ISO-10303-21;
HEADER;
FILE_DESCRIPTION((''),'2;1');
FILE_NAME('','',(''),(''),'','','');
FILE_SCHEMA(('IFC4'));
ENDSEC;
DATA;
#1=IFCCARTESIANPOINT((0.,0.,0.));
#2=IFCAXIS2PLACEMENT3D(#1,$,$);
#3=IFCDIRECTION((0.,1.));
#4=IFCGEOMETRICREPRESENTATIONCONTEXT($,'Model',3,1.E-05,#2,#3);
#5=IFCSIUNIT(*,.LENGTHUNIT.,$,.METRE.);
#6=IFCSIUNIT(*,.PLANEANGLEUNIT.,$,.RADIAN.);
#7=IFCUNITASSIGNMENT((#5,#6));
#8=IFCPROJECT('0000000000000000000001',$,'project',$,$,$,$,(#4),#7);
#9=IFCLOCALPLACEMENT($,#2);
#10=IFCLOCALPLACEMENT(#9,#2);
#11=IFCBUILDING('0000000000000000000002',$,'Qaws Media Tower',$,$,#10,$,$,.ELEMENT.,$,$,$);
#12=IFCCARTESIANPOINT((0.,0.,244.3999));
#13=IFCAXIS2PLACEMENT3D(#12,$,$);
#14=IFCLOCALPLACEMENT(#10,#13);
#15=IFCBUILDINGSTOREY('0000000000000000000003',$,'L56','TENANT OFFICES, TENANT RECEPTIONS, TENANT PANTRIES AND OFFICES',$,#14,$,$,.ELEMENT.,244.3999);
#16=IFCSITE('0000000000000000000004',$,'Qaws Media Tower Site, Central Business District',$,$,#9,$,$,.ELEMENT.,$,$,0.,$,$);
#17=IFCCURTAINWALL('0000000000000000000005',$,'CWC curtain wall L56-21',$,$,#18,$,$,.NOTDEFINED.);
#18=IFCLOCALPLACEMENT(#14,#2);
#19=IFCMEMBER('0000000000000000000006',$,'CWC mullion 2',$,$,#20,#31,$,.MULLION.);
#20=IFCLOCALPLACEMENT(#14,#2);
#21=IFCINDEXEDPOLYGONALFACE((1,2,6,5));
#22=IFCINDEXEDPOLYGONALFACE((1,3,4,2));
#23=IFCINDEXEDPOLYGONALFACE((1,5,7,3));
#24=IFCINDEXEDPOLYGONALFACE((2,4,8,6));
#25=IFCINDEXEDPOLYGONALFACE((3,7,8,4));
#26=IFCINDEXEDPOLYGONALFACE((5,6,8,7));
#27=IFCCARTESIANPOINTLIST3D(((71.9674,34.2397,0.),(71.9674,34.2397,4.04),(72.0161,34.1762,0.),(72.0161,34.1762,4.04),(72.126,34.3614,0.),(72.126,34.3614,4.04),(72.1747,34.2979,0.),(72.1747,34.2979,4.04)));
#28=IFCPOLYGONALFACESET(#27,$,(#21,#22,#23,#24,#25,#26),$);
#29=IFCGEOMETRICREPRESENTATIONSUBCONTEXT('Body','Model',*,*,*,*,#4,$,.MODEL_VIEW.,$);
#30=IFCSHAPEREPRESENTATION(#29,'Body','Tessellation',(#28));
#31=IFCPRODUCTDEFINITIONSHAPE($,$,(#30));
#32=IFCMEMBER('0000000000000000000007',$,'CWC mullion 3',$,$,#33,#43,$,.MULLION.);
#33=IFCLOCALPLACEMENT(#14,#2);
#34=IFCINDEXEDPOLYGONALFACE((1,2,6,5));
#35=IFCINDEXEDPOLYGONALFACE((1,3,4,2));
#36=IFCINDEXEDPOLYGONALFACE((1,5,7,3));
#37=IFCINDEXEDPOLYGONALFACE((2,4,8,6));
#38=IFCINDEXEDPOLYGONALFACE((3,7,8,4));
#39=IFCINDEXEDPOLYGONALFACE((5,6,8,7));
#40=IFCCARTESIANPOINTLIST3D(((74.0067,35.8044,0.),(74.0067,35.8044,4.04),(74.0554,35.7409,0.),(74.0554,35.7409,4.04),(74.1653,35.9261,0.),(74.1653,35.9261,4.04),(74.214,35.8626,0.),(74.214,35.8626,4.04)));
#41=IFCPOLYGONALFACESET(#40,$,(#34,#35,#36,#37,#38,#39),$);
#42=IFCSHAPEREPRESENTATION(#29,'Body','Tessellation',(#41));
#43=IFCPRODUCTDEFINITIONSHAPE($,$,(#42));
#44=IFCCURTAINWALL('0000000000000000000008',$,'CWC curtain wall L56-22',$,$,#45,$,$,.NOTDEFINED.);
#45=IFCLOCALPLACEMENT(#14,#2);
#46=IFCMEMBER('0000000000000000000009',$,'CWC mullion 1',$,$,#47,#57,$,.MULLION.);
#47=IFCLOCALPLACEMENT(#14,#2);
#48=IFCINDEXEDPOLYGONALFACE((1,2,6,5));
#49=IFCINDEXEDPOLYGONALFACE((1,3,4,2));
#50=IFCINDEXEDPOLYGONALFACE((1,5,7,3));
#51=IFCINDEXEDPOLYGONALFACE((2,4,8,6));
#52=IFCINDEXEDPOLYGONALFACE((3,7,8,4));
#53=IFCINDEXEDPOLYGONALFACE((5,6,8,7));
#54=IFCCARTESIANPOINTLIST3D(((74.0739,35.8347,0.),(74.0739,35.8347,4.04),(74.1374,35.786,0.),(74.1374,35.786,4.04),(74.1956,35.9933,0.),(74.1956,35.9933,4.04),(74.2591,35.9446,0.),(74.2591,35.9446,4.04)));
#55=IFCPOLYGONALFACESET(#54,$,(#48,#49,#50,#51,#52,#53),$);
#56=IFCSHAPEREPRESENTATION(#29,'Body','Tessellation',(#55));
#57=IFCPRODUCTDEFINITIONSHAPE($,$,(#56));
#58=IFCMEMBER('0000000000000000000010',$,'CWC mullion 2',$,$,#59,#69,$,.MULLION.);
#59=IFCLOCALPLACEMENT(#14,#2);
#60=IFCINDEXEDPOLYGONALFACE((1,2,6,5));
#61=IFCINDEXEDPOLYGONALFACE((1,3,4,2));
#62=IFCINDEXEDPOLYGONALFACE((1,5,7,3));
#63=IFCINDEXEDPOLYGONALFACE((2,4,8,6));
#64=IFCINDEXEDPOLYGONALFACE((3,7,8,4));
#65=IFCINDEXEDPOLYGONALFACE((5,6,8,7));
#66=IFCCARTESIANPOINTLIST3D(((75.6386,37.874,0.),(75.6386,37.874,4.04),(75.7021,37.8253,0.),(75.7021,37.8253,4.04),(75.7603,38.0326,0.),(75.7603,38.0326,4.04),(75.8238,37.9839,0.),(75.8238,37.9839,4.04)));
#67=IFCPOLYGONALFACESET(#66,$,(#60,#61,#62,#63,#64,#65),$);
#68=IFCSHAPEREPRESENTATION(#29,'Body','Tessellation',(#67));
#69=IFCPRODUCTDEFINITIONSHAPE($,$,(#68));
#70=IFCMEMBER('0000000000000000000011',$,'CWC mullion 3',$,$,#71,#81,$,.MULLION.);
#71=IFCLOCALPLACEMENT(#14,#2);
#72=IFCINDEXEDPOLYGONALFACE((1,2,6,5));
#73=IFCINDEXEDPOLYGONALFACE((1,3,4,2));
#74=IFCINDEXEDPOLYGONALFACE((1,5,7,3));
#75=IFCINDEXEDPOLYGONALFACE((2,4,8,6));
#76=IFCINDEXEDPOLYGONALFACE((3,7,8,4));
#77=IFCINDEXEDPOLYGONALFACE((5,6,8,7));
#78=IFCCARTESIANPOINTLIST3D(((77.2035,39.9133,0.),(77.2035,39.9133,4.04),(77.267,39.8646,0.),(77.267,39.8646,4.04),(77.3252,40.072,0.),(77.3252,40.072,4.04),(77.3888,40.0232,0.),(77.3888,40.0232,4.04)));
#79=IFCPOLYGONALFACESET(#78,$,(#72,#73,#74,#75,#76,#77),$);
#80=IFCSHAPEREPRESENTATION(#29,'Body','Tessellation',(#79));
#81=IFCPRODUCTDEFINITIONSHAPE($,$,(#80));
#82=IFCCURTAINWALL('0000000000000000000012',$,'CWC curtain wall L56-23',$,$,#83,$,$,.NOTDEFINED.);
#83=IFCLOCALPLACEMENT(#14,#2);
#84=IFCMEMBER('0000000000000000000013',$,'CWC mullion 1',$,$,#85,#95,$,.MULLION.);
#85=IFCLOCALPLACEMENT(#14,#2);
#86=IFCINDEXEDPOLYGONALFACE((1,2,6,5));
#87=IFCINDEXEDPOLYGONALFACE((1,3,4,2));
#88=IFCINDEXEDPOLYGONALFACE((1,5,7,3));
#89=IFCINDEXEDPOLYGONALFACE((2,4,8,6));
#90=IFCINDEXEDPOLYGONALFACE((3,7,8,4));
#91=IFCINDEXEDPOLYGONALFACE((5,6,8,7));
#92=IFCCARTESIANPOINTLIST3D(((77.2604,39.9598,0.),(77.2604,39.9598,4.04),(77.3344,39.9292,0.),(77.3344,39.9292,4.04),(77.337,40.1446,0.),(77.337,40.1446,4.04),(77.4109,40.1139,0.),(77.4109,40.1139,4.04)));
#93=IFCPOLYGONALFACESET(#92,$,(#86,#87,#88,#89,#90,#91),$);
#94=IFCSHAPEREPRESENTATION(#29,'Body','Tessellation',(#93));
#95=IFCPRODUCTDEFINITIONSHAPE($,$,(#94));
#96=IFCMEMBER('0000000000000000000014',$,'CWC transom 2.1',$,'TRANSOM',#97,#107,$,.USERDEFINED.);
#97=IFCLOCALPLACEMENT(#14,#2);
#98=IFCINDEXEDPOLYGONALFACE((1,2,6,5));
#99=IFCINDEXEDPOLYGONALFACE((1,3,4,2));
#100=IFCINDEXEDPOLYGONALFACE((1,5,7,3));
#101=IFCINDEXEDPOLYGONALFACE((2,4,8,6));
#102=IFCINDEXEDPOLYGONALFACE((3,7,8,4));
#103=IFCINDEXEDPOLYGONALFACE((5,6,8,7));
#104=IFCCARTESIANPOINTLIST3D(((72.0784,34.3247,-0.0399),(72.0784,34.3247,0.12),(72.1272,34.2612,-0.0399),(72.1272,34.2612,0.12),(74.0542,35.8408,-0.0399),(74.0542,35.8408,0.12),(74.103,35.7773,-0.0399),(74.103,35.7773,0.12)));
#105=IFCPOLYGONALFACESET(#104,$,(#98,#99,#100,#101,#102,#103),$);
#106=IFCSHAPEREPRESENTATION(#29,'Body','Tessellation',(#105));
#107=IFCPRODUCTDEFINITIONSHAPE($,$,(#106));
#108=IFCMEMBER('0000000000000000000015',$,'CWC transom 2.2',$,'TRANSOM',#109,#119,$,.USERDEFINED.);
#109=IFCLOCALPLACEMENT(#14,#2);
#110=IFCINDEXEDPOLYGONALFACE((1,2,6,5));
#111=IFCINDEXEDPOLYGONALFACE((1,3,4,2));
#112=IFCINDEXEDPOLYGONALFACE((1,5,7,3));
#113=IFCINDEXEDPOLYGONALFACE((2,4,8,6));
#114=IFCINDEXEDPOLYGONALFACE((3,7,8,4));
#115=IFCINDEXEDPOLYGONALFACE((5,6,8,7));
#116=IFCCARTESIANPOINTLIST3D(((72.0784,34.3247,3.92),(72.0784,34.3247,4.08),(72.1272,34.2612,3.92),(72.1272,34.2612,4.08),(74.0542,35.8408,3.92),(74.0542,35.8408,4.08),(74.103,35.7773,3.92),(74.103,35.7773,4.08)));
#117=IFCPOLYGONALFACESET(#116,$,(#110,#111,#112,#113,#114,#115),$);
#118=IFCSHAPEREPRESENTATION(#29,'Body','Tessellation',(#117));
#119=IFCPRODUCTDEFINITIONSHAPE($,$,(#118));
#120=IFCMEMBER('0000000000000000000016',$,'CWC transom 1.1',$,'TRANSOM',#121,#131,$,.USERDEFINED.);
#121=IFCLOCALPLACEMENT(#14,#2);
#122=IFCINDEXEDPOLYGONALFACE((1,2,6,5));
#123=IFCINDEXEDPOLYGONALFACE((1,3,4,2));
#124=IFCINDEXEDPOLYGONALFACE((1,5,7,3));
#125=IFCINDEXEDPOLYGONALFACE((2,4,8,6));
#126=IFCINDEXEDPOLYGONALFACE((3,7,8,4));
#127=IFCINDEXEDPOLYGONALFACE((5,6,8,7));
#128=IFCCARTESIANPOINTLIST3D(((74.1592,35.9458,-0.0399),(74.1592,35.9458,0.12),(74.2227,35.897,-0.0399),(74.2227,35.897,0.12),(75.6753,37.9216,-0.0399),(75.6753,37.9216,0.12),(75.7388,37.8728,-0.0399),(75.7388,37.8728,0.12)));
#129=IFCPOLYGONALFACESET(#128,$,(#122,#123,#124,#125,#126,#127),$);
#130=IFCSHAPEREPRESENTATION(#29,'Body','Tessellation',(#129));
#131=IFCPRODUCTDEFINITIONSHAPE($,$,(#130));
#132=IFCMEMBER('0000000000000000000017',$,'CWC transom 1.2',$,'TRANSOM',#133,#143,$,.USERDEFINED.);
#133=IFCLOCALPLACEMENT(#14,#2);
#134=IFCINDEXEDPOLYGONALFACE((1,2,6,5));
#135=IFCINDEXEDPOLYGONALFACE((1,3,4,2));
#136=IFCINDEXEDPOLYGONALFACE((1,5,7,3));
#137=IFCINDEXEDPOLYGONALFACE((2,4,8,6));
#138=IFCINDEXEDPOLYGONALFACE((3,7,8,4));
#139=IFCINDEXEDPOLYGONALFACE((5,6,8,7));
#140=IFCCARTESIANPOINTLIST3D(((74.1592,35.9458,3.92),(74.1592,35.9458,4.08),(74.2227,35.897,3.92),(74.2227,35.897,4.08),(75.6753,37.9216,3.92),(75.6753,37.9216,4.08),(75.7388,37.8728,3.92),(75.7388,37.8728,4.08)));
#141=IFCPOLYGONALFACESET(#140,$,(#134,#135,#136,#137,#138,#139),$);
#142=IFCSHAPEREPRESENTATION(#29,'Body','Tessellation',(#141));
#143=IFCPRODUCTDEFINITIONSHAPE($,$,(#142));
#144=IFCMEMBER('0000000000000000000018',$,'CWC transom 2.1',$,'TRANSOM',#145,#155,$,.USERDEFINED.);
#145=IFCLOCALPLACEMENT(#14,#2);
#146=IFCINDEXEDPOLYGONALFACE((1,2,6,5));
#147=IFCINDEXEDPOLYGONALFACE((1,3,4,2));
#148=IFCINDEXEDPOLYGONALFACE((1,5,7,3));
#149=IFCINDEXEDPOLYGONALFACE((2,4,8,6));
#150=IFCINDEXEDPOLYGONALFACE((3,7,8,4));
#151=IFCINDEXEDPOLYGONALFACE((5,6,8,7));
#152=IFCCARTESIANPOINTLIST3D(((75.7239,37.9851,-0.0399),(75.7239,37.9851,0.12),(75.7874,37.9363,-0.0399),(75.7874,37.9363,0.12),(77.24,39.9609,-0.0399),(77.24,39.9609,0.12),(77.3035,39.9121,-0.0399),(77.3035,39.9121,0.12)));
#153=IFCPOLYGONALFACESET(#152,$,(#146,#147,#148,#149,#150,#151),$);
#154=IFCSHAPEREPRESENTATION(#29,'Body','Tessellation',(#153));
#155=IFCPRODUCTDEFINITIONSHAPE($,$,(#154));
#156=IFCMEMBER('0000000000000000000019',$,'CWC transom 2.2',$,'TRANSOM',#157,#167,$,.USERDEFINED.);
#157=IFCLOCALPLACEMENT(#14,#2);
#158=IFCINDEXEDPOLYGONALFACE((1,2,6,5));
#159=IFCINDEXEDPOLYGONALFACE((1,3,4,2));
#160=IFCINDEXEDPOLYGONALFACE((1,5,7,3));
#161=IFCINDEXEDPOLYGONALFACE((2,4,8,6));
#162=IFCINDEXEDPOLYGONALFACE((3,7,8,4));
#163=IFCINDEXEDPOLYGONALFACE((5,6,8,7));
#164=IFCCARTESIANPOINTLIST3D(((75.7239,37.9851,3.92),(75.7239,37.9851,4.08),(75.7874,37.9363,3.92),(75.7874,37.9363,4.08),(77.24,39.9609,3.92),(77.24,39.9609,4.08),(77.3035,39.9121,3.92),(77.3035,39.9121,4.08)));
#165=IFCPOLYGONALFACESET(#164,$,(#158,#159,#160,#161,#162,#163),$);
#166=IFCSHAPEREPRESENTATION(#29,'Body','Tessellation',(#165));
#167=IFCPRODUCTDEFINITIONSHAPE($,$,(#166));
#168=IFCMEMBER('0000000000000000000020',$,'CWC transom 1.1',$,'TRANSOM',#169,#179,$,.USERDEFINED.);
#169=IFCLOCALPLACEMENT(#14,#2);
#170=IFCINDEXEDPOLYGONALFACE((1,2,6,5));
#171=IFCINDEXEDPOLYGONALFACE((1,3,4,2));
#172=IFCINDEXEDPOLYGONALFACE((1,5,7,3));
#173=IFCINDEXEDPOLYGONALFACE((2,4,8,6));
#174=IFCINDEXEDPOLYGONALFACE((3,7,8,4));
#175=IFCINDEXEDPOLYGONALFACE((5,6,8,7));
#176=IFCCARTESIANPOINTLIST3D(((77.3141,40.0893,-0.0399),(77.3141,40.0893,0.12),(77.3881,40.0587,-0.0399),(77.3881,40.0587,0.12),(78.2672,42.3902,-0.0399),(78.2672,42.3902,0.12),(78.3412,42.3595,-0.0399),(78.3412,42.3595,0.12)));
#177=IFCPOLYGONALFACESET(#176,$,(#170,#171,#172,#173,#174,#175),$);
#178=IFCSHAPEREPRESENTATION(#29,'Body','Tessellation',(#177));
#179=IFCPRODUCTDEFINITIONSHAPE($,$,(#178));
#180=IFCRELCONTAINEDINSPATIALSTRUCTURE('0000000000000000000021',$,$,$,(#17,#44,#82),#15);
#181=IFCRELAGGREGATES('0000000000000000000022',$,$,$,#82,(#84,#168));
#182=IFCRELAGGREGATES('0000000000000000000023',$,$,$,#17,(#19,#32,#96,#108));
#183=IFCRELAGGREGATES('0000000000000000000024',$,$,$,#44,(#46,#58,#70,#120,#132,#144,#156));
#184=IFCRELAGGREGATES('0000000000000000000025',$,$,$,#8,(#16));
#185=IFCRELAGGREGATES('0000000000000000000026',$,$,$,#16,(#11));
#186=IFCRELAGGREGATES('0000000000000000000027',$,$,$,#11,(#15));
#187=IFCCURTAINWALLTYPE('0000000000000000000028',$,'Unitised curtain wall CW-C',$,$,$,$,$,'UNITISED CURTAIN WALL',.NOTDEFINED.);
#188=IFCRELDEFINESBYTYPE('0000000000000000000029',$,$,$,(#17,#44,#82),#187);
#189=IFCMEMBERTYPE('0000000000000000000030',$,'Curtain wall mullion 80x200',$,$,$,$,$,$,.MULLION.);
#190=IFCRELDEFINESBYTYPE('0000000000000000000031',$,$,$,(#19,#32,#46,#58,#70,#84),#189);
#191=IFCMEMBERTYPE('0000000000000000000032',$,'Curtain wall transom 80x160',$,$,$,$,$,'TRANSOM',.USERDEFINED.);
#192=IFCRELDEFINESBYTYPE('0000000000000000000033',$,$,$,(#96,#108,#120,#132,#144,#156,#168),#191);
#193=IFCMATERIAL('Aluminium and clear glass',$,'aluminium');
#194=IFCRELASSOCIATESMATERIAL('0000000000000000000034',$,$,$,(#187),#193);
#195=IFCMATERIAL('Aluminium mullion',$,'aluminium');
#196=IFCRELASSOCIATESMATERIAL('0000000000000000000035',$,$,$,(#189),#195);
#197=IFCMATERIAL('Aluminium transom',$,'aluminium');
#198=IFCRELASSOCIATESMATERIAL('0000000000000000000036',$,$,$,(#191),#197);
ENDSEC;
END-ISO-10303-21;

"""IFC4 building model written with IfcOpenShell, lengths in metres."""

from ifc_helpers import new_model, si_unit, direction, frame, origin, origin_2d, place, context, subcontext, project, spatial, rectangle, extrude, material, material_profile, profile_set, type_object, element, aggregate, save


model = new_model("IFC4")

# Units and contexts
model_context = context("Model", 3, precision=1e-05, world=origin(), true_north=direction((0.0, 1.0)))
body_context = subcontext(model_context, "Body", "Model", "MODEL_VIEW")
ifc_project = project(units=[si_unit("LENGTHUNIT", "METRE"), si_unit("PLANEANGLEUNIT", "RADIAN")], contexts=[model_context])

# Site, building, storey
site_placement = place(None, origin())
site = spatial("IfcSite", under=ifc_project, at=site_placement, Name="Qaws Media Tower Site, Central Business District", CompositionType="ELEMENT", RefElevation=0.0)
building_placement = place(site_placement, origin())
building = spatial("IfcBuilding", under=site, at=building_placement, Name="Qaws Media Tower", CompositionType="ELEMENT")
storey_placement = place(building_placement, frame((0.0, 0.0, 244.3999)))
storey = spatial("IfcBuildingStorey", under=building, at=storey_placement, Name="L56", Description="TENANT OFFICES, TENANT RECEPTIONS, TENANT PANTRIES AND OFFICES", CompositionType="ELEMENT", Elevation=244.3999)

# Curtain walls, members
ifc_material_1 = material(Name="Aluminium and clear glass", Category="aluminium")
curtain_wall_type = type_object("IfcCurtainWallType", Name="Unitised curtain wall CW-C", ElementType="UNITISED CURTAIN WALL", PredefinedType="NOTDEFINED", material=ifc_material_1)
curtain_wall_1_placement = place(storey_placement, origin())
curtain_wall_1 = element("IfcCurtainWall", 1, at=curtain_wall_1_placement, inside=storey, type_object=curtain_wall_type, Name="CWC curtain wall L56-21", PredefinedType="NOTDEFINED")
ifc_material_2 = material(Name="Aluminium mullion", Category="aluminium")
ifc_material_profile_1 = material_profile(ifc_material_2, rectangle(XDim=0.0801, YDim=0.2, at=origin_2d()), Name="80x200")
ifc_profile_set_1 = profile_set([ifc_material_profile_1], Name="Aluminium mullion")
member_type_1 = type_object("IfcMemberType", Name="Curtain wall mullion 80x200", PredefinedType="MULLION", material=ifc_profile_set_1)
member_1_placement = place(storey_placement, frame((72.071, 34.2688, 0.0), z_axis=(0.0, 0.0, 1.0), x_axis=(-0.608761, 0.793353, 0.0)))
member_1 = element("IfcMember", 2, at=member_1_placement, type_object=member_type_1, Name="CWC mullion 2", PredefinedType="MULLION", context=body_context, shape_type="SweptSolid", body=[
    extrude(rectangle(XDim=0.0801, YDim=0.2, at=origin_2d()), origin(), (0.0, 0.0, 1.0), 4.04),
])
member_2_placement = place(storey_placement, frame((74.1104, 35.8335, 0.0), z_axis=(0.0, 0.0, 1.0), x_axis=(-0.608761, 0.793353, 0.0)))
member_2 = element("IfcMember", 3, at=member_2_placement, type_object=member_type_1, Name="CWC mullion 3", PredefinedType="MULLION", context=body_context, shape_type="SweptSolid", body=[
    extrude(rectangle(XDim=0.0801, YDim=0.2, at=origin_2d()), origin(), (0.0, 0.0, 1.0), 4.04),
])
curtain_wall_2_placement = place(storey_placement, origin())
curtain_wall_2 = element("IfcCurtainWall", 4, at=curtain_wall_2_placement, inside=storey, type_object=curtain_wall_type, Name="CWC curtain wall L56-22", PredefinedType="NOTDEFINED")
member_3_placement = place(storey_placement, frame((74.1665, 35.8896, 0.0), z_axis=(0.0, 0.0, 1.0), x_axis=(-0.793353, 0.608761, 0.0)))
member_3 = element("IfcMember", 5, at=member_3_placement, type_object=member_type_1, Name="CWC mullion 1", PredefinedType="MULLION", context=body_context, shape_type="SweptSolid", body=[
    extrude(rectangle(XDim=0.0801, YDim=0.2, at=origin_2d()), origin(), (0.0, 0.0, 1.0), 4.04),
])
member_4_placement = place(storey_placement, frame((75.7312, 37.929, 0.0), z_axis=(0.0, 0.0, 1.0), x_axis=(-0.793353, 0.608761, 0.0)))
member_4 = element("IfcMember", 6, at=member_4_placement, type_object=member_type_1, Name="CWC mullion 2", PredefinedType="MULLION", context=body_context, shape_type="SweptSolid", body=[
    extrude(rectangle(XDim=0.0801, YDim=0.2, at=origin_2d()), origin(), (0.0, 0.0, 1.0), 4.04),
])
member_5_placement = place(storey_placement, frame((77.2961, 39.9683, 0.0), z_axis=(0.0, 0.0, 1.0), x_axis=(-0.793353, 0.608761, 0.0)))
member_5 = element("IfcMember", 7, at=member_5_placement, type_object=member_type_1, Name="CWC mullion 3", PredefinedType="MULLION", context=body_context, shape_type="SweptSolid", body=[
    extrude(rectangle(XDim=0.0801, YDim=0.2, at=origin_2d()), origin(), (0.0, 0.0, 1.0), 4.04),
])

# Curtain wall, member
curtain_wall_3_placement = place(storey_placement, origin())
curtain_wall_3 = element("IfcCurtainWall", 8, at=curtain_wall_3_placement, inside=storey, type_object=curtain_wall_type, Name="CWC curtain wall L56-23", PredefinedType="NOTDEFINED")
member_6_placement = place(storey_placement, frame((77.3357, 40.0369, 0.0), z_axis=(0.0, 0.0, 1.0), x_axis=(-0.923879, 0.382684, 0.0)))
member_6 = element("IfcMember", 9, at=member_6_placement, type_object=member_type_1, Name="CWC mullion 1", PredefinedType="MULLION", context=body_context, shape_type="SweptSolid", body=[
    extrude(rectangle(XDim=0.0801, YDim=0.2, at=origin_2d()), origin(), (0.0, 0.0, 1.0), 4.04),
])

# Members
ifc_material_3 = material(Name="Aluminium transom", Category="aluminium")
ifc_material_profile_2 = material_profile(ifc_material_3, rectangle(XDim=0.0801, YDim=0.1599, at=origin_2d()), Name="80x160")
ifc_profile_set_2 = profile_set([ifc_material_profile_2], Name="Aluminium transom")
member_type_2 = type_object("IfcMemberType", Name="Curtain wall transom 80x160", ElementType="TRANSOM", PredefinedType="USERDEFINED", material=ifc_profile_set_2)
member_7_placement = place(storey_placement, frame((72.1028, 34.293, 0.04), z_axis=(0.793352, 0.608763, 0.0), x_axis=(-0.608763, 0.793352, 0.0)))
member_7 = element("IfcMember", 10, at=member_7_placement, type_object=member_type_2, Name="CWC transom 2.1", ObjectType="TRANSOM", PredefinedType="USERDEFINED", context=body_context, shape_type="SweptSolid", body=[
    extrude(rectangle(XDim=0.0801, YDim=0.1599, at=origin_2d()), origin(), (0.0, 0.0, 1.0), 2.4905),
])
member_8_placement = place(storey_placement, frame((72.1028, 34.293, 4.0), z_axis=(0.793352, 0.608763, 0.0), x_axis=(-0.608763, 0.793352, 0.0)))
member_8 = element("IfcMember", 11, at=member_8_placement, type_object=member_type_2, Name="CWC transom 2.2", ObjectType="TRANSOM", PredefinedType="USERDEFINED", context=body_context, shape_type="SweptSolid", body=[
    extrude(rectangle(XDim=0.0801, YDim=0.1599, at=origin_2d()), origin(), (0.0, 0.0, 1.0), 2.4905),
])
member_9_placement = place(storey_placement, frame((74.1909, 35.9214, 0.04), z_axis=(0.608763, 0.793352, 0.0), x_axis=(-0.793352, 0.608763, 0.0)))
member_9 = element("IfcMember", 12, at=member_9_placement, type_object=member_type_2, Name="CWC transom 1.1", ObjectType="TRANSOM", PredefinedType="USERDEFINED", context=body_context, shape_type="SweptSolid", body=[
    extrude(rectangle(XDim=0.0801, YDim=0.1599, at=origin_2d()), origin(), (0.0, 0.0, 1.0), 2.4905),
])
member_10_placement = place(storey_placement, frame((74.1909, 35.9214, 4.0), z_axis=(0.608763, 0.793352, 0.0), x_axis=(-0.793352, 0.608763, 0.0)))
member_10 = element("IfcMember", 13, at=member_10_placement, type_object=member_type_2, Name="CWC transom 1.2", ObjectType="TRANSOM", PredefinedType="USERDEFINED", context=body_context, shape_type="SweptSolid", body=[
    extrude(rectangle(XDim=0.0801, YDim=0.1599, at=origin_2d()), origin(), (0.0, 0.0, 1.0), 2.4905),
])
member_11_placement = place(storey_placement, frame((75.7556, 37.9607, 0.04), z_axis=(0.608763, 0.793352, 0.0), x_axis=(-0.793352, 0.608763, 0.0)))
member_11 = element("IfcMember", 14, at=member_11_placement, type_object=member_type_2, Name="CWC transom 2.1", ObjectType="TRANSOM", PredefinedType="USERDEFINED", context=body_context, shape_type="SweptSolid", body=[
    extrude(rectangle(XDim=0.0801, YDim=0.1599, at=origin_2d()), origin(), (0.0, 0.0, 1.0), 2.4905),
])
member_12_placement = place(storey_placement, frame((75.7556, 37.9607, 4.0), z_axis=(0.608763, 0.793352, 0.0), x_axis=(-0.793352, 0.608763, 0.0)))
member_12 = element("IfcMember", 15, at=member_12_placement, type_object=member_type_2, Name="CWC transom 2.2", ObjectType="TRANSOM", PredefinedType="USERDEFINED", context=body_context, shape_type="SweptSolid", body=[
    extrude(rectangle(XDim=0.0801, YDim=0.1599, at=origin_2d()), origin(), (0.0, 0.0, 1.0), 2.4905),
])
member_13_placement = place(storey_placement, frame((77.3511, 40.074, 0.04), z_axis=(0.382721, 0.923864, 0.0), x_axis=(-0.923864, 0.382721, 0.0)))
member_13 = element("IfcMember", 16, at=member_13_placement, type_object=member_type_2, Name="CWC transom 1.1", ObjectType="TRANSOM", PredefinedType="USERDEFINED", context=body_context, shape_type="SweptSolid", body=[
    extrude(rectangle(XDim=0.0801, YDim=0.1599, at=origin_2d()), origin(), (0.0, 0.0, 1.0), 2.4905),
])
aggregate(curtain_wall_3, [member_6, member_13])

aggregate(curtain_wall_1, [member_1, member_2, member_7, member_8])
aggregate(curtain_wall_2, [member_3, member_4, member_5, member_9, member_10, member_11, member_12])

save(model, "model.ifc")
